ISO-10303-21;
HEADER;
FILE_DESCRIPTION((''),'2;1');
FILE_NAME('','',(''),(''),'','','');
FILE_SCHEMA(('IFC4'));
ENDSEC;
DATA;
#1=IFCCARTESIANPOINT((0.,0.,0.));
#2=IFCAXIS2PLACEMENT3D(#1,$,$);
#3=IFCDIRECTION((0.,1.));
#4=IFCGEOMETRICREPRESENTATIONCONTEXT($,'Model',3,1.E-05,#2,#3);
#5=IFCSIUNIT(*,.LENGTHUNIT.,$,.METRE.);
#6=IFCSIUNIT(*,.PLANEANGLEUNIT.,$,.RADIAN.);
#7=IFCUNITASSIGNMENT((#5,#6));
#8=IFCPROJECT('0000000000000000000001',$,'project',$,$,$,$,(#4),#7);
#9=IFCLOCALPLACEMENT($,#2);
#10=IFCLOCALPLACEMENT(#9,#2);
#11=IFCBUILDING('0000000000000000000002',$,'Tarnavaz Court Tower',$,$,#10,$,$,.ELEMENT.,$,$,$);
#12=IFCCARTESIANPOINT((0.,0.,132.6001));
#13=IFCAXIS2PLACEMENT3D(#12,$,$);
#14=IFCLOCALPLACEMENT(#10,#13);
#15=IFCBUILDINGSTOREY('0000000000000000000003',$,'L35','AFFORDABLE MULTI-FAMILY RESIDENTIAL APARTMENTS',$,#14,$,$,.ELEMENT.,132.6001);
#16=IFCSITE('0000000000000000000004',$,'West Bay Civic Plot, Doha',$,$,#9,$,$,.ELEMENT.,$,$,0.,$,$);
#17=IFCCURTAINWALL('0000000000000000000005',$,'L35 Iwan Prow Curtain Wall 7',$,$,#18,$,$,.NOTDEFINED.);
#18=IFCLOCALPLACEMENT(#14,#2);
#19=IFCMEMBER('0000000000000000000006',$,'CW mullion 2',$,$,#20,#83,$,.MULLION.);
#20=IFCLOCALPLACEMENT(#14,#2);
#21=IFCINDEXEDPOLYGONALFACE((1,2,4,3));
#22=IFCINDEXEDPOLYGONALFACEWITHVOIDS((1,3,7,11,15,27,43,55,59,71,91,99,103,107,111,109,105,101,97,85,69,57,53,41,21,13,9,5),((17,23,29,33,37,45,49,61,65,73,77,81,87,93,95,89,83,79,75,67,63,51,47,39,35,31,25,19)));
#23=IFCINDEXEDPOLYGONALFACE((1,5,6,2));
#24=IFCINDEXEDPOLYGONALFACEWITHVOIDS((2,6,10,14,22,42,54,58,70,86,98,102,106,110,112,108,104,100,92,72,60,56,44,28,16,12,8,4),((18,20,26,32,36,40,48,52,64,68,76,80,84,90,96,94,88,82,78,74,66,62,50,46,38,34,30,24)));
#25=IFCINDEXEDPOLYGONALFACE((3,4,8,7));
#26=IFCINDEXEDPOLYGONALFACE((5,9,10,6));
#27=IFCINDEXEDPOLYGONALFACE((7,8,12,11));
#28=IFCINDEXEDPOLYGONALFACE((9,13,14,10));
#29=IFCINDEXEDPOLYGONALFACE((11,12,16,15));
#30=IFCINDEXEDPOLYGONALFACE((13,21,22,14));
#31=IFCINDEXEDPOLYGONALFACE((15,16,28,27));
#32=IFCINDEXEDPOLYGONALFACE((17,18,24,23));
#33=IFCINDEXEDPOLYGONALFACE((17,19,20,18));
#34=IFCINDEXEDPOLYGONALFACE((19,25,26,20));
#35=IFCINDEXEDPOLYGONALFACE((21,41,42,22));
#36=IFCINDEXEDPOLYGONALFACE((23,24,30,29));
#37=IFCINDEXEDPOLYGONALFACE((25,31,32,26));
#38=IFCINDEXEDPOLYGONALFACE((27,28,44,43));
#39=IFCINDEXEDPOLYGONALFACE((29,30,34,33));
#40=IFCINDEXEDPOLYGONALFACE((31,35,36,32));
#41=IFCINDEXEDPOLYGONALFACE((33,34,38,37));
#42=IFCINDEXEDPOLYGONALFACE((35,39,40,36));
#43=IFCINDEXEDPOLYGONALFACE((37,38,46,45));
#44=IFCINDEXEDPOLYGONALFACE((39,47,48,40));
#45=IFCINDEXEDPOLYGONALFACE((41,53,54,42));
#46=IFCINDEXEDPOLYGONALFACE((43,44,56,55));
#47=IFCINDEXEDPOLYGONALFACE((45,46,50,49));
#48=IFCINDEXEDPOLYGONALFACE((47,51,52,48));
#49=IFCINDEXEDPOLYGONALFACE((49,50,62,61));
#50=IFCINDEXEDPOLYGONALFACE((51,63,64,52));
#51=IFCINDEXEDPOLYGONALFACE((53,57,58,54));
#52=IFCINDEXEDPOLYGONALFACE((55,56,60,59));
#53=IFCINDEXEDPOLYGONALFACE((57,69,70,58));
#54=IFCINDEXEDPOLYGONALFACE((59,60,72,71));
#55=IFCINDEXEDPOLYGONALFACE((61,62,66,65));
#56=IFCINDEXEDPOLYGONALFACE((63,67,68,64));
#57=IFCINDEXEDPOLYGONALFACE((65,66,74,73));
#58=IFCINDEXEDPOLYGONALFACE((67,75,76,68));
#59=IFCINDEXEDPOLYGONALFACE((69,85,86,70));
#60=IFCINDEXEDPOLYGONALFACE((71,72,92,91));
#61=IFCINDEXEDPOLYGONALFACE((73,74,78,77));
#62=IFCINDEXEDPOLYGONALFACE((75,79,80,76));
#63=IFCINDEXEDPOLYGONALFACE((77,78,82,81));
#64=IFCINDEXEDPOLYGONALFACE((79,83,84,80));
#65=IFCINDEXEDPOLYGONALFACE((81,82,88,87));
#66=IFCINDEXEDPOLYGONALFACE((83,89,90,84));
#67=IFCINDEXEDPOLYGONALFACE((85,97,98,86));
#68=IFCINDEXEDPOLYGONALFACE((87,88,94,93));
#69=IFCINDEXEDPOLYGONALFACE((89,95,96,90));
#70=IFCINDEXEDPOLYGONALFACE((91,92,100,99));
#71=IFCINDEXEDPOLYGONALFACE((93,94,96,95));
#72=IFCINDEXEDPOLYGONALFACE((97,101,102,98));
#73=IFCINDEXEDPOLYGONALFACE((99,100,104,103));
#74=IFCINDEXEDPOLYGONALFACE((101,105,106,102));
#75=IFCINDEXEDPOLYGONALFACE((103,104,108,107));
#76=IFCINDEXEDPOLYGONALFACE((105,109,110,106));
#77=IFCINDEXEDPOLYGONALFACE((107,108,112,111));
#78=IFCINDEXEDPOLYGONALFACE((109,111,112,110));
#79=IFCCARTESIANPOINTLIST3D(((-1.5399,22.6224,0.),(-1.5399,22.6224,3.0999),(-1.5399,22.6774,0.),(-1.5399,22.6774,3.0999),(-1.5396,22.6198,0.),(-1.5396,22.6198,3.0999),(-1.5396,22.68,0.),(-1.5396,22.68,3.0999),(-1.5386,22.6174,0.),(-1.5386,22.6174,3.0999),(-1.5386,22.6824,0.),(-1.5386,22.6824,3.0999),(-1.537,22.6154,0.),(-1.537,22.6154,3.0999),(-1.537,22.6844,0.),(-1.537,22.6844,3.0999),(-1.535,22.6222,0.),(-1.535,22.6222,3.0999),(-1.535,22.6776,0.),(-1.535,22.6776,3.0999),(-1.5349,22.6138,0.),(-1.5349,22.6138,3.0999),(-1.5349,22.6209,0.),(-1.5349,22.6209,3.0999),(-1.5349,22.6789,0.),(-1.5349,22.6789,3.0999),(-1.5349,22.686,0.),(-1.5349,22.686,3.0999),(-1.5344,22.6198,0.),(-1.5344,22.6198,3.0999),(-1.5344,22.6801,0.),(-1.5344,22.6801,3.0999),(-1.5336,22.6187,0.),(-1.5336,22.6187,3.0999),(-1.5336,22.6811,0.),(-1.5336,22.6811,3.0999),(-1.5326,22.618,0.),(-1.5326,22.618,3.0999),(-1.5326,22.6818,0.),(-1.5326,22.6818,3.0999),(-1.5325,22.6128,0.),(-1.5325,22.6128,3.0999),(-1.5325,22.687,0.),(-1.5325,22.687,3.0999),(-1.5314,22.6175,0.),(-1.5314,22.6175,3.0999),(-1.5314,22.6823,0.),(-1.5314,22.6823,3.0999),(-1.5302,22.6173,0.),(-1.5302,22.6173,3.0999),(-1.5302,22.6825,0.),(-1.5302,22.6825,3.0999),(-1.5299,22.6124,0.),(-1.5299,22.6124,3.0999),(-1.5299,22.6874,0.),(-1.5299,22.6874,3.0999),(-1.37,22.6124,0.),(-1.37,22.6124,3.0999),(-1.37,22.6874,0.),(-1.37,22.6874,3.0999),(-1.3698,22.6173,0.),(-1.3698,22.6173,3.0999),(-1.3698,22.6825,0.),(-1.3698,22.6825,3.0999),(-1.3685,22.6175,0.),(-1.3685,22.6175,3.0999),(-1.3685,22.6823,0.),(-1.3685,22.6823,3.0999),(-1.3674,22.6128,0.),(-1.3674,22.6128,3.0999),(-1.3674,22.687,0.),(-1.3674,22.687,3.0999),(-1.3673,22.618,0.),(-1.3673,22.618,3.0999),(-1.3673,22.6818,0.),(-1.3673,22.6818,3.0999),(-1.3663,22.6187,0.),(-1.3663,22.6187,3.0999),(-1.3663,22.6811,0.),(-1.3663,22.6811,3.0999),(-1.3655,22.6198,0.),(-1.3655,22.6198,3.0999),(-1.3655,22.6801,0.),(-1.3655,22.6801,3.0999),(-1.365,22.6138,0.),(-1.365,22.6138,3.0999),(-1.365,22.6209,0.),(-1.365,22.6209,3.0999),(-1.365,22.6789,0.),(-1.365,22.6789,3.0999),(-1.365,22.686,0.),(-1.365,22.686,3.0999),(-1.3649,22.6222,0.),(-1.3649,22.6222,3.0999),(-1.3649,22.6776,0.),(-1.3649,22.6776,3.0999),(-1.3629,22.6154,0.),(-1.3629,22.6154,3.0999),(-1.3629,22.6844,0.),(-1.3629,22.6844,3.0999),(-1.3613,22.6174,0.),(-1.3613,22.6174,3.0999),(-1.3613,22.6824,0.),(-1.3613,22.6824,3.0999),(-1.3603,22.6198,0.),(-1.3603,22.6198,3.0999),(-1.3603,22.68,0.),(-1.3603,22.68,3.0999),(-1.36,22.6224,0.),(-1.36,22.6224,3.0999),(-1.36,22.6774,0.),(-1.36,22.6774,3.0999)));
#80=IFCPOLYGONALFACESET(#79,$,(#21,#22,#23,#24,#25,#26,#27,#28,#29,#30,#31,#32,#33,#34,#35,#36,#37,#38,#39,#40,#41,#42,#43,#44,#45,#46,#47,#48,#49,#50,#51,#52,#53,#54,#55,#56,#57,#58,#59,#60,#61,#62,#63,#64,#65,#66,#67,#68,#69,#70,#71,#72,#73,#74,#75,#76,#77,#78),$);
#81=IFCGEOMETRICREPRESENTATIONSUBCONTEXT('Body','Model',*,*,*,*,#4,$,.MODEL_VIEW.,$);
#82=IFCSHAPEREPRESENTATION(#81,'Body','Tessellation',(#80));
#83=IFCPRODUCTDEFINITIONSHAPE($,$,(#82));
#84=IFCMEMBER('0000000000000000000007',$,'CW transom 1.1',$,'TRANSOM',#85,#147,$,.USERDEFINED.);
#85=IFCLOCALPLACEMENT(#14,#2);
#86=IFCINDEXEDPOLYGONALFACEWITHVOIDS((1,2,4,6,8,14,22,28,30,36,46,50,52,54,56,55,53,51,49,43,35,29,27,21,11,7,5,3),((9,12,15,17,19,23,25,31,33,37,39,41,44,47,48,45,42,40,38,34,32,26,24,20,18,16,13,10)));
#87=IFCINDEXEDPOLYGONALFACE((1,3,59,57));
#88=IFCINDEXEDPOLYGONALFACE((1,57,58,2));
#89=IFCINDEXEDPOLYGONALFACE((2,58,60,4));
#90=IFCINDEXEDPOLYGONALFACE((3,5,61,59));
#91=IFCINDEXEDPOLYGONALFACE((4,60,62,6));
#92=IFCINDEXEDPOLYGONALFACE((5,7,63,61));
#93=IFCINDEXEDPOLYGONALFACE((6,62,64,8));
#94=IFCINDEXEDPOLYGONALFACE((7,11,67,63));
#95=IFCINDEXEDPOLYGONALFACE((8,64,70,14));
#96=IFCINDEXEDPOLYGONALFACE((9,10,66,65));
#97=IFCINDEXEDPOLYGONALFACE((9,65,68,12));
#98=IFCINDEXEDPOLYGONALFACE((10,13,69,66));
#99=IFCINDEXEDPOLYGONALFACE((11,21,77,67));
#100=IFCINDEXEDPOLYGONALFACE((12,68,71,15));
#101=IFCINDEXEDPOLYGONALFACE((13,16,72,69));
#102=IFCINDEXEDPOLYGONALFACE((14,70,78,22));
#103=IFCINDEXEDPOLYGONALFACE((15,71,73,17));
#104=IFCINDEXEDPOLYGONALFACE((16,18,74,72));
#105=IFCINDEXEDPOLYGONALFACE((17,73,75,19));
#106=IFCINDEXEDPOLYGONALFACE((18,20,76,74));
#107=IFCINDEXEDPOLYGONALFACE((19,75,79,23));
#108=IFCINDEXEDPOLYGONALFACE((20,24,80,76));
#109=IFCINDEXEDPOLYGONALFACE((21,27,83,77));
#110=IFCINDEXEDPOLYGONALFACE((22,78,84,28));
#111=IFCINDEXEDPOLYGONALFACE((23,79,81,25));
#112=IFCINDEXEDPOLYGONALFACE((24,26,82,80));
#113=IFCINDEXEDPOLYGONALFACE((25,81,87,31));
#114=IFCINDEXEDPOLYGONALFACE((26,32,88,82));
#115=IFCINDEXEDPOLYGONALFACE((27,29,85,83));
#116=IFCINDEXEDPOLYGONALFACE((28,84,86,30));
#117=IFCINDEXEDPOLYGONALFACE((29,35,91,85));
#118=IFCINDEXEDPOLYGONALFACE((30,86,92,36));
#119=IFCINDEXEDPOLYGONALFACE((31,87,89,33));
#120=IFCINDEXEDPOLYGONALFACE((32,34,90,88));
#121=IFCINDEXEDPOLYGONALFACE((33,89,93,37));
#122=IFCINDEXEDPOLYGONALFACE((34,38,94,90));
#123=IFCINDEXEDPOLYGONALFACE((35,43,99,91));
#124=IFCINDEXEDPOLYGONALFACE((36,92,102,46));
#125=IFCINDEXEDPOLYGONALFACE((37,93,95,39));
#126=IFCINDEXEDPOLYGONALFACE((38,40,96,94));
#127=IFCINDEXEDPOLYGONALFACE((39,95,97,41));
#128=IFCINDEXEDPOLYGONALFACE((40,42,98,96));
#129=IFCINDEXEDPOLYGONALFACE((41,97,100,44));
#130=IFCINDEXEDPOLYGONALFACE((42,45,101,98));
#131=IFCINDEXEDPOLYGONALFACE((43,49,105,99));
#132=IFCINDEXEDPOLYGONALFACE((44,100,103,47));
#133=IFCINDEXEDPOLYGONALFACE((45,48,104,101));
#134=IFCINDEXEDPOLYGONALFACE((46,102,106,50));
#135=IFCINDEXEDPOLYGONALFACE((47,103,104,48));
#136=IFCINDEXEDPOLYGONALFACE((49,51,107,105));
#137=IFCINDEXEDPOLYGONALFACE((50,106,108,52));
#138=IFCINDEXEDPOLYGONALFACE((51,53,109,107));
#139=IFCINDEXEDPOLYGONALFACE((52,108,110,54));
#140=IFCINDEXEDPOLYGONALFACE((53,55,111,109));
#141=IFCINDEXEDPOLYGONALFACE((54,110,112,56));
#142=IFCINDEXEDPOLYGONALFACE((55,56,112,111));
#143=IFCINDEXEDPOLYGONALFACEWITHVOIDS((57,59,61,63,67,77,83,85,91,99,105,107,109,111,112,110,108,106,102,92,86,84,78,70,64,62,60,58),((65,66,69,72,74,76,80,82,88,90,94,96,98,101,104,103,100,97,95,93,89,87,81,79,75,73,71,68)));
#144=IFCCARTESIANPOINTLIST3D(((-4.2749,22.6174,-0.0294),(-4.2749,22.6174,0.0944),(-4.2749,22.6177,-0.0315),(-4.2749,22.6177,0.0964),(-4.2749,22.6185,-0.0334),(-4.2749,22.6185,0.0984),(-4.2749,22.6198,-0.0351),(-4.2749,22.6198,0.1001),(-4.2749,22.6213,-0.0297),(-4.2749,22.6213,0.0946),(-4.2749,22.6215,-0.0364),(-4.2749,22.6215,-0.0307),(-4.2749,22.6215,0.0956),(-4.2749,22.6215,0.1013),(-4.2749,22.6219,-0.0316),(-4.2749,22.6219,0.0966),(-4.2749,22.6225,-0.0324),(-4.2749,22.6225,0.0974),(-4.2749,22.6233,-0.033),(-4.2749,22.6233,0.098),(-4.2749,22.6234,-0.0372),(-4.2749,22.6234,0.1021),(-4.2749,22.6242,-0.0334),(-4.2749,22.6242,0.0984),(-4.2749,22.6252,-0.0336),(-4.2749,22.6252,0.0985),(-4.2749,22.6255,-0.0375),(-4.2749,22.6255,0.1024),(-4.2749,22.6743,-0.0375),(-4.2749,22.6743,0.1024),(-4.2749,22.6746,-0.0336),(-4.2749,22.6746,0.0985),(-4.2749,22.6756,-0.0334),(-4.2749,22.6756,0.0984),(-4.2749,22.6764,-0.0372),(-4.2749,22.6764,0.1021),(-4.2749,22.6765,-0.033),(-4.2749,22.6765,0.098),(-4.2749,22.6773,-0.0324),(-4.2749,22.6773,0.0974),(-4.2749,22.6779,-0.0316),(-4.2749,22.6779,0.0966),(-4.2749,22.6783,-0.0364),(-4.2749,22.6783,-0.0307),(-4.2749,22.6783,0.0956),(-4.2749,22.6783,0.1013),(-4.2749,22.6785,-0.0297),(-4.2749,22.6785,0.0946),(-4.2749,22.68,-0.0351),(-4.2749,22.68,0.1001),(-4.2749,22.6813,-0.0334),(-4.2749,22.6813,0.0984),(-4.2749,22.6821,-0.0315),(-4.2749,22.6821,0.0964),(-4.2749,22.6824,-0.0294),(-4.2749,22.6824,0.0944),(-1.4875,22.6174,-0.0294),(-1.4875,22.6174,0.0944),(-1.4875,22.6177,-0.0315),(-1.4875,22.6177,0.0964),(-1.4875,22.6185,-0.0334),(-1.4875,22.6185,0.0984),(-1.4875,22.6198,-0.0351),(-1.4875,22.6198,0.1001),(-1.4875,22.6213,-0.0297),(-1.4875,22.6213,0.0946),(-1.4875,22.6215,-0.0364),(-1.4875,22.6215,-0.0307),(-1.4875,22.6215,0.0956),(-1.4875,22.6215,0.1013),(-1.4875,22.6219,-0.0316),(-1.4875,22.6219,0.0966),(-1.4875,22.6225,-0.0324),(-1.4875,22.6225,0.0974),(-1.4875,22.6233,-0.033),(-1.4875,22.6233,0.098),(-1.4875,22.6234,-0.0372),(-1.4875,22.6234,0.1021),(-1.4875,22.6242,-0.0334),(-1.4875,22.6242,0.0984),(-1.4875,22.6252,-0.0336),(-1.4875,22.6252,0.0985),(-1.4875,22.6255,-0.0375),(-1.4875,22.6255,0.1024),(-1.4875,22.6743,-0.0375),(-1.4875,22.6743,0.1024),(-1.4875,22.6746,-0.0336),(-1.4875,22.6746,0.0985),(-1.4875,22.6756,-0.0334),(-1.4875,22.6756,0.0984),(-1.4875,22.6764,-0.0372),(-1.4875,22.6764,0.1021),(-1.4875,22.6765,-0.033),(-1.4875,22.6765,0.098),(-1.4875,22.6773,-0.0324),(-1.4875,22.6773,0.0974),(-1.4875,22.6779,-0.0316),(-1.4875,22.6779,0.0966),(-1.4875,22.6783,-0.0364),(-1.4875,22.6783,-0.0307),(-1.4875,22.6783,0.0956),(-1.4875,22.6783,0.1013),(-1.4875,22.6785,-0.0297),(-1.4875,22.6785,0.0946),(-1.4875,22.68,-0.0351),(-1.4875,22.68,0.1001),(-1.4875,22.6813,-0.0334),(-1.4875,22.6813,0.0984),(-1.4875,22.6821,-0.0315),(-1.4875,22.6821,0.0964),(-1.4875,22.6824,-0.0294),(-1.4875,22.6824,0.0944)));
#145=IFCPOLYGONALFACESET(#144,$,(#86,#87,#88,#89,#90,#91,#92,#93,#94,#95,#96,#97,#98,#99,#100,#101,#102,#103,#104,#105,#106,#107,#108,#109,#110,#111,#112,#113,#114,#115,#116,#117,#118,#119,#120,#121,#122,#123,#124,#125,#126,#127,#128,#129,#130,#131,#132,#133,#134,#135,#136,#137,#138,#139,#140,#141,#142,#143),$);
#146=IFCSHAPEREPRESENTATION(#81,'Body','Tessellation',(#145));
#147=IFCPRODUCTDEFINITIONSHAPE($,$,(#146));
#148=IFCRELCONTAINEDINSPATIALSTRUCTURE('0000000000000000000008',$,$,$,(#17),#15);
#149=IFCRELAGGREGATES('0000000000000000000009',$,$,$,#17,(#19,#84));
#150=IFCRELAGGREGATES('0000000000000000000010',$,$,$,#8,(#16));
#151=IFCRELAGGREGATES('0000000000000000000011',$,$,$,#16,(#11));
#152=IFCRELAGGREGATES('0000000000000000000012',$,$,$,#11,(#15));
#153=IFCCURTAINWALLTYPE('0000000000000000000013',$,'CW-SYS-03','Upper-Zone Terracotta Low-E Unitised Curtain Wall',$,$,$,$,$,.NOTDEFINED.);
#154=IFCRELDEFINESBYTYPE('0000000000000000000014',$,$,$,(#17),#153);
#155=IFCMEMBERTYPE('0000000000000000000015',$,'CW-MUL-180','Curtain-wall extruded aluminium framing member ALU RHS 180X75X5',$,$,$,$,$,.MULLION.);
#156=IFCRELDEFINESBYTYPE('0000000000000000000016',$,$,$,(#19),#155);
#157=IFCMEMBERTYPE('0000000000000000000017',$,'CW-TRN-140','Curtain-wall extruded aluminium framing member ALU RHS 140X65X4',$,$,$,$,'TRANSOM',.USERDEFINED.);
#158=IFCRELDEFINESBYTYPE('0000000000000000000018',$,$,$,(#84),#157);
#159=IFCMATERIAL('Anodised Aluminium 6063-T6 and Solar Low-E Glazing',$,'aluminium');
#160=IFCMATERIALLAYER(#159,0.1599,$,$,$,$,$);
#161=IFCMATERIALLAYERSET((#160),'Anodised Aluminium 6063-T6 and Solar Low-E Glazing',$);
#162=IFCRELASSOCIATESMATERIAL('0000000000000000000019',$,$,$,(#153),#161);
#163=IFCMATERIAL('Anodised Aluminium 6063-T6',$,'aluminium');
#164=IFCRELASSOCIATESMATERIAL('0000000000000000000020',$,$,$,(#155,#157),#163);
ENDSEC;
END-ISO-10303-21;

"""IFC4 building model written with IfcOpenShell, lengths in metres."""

from ifc_helpers import new_model, si_unit, direction, frame, origin, origin_2d, place, context, subcontext, project, spatial, hollow_rectangle, extrude, material, layer, layer_set, material_profile, profile_set, type_object, element, aggregate, save


model = new_model("IFC4")

# Units and contexts
model_context = context("Model", 3, precision=1e-05, world=origin(), true_north=direction((0.0, 1.0)))
body_context = subcontext(model_context, "Body", "Model", "MODEL_VIEW")
ifc_project = project(units=[si_unit("LENGTHUNIT", "METRE"), si_unit("PLANEANGLEUNIT", "RADIAN")], contexts=[model_context])

# Site, building, storey
site_placement = place(None, origin())
site = spatial("IfcSite", under=ifc_project, at=site_placement, Name="West Bay Civic Plot, Doha", CompositionType="ELEMENT", RefElevation=0.0)
building_placement = place(site_placement, origin())
building = spatial("IfcBuilding", under=site, at=building_placement, Name="Tarnavaz Court Tower", CompositionType="ELEMENT")
storey_placement = place(building_placement, frame((0.0, 0.0, 132.6001)))
storey = spatial("IfcBuildingStorey", under=building, at=storey_placement, Name="L35", Description="AFFORDABLE MULTI-FAMILY RESIDENTIAL APARTMENTS", CompositionType="ELEMENT", Elevation=132.6001)

# Curtain wall, members
ifc_material_1 = material(Name="Anodised Aluminium 6063-T6 and Solar Low-E Glazing", Category="aluminium")
ifc_layer_1 = layer(ifc_material_1, 0.1599)
ifc_layer_set_1 = layer_set([ifc_layer_1], Name="Anodised Aluminium 6063-T6 and Solar Low-E Glazing")
curtain_wall_type = type_object("IfcCurtainWallType", Name="CW-SYS-03", Description="Upper-Zone Terracotta Low-E Unitised Curtain Wall", PredefinedType="NOTDEFINED", material=ifc_layer_set_1)
curtain_wall_placement = place(storey_placement, origin())
curtain_wall = element("IfcCurtainWall", 1, at=curtain_wall_placement, inside=storey, type_object=curtain_wall_type, Name="L35 Iwan Prow Curtain Wall 7", PredefinedType="NOTDEFINED")
ifc_material_2 = material(Name="Anodised Aluminium 6063-T6", Category="aluminium")
ifc_material_profile_1 = material_profile(ifc_material_2, hollow_rectangle(XDim=0.075, YDim=0.1799, WallThickness=0.0049, InnerFilletRadius=0.0049, OuterFilletRadius=0.01, at=origin_2d()), Name="ALU RHS 180X75X5")
ifc_profile_set_1 = profile_set([ifc_material_profile_1], Name="Anodised Aluminium 6063-T6")
member_type_1 = type_object("IfcMemberType", Name="CW-MUL-180", Description="Curtain-wall extruded aluminium framing member ALU RHS 180X75X5", PredefinedType="MULLION", material=ifc_profile_set_1)
member_1_placement = place(storey_placement, frame((-1.45, 22.6499, 0.0), z_axis=(0.0, 0.0, 1.0), x_axis=(0.0, 1.0, 0.0)))
member_1 = element("IfcMember", 2, at=member_1_placement, type_object=member_type_1, Name="CW mullion 2", PredefinedType="MULLION", context=body_context, shape_type="SweptSolid", body=[
    extrude(hollow_rectangle(XDim=0.075, YDim=0.1799, WallThickness=0.0049, InnerFilletRadius=0.0049, OuterFilletRadius=0.01, at=origin_2d()), origin(), (0.0, 0.0, 1.0), 3.0999),
])
ifc_material_profile_2 = material_profile(ifc_material_2, hollow_rectangle(XDim=0.0649, YDim=0.1399, WallThickness=0.0039, InnerFilletRadius=0.0039, OuterFilletRadius=0.0081, at=origin_2d()), Name="ALU RHS 140X65X4")
ifc_profile_set_2 = profile_set([ifc_material_profile_2], Name="Anodised Aluminium 6063-T6")
member_type_2 = type_object("IfcMemberType", Name="CW-TRN-140", Description="Curtain-wall extruded aluminium framing member ALU RHS 140X65X4", ElementType="TRANSOM", PredefinedType="USERDEFINED", material=ifc_profile_set_2)
member_2_placement = place(storey_placement, frame((-4.2749, 22.6499, 0.0325), z_axis=(1.0, 0.0, 0.0), x_axis=(0.0, 1.0, 0.0)))
member_2 = element("IfcMember", 3, at=member_2_placement, type_object=member_type_2, Name="CW transom 1.1", ObjectType="TRANSOM", PredefinedType="USERDEFINED", context=body_context, shape_type="SweptSolid", body=[
    extrude(hollow_rectangle(XDim=0.0649, YDim=0.1399, WallThickness=0.0039, InnerFilletRadius=0.0039, OuterFilletRadius=0.0081, at=origin_2d()), origin(), (0.0, 0.0, 1.0), 2.7874),
])
aggregate(curtain_wall, [member_1, member_2])

save(model, "model.ifc")
